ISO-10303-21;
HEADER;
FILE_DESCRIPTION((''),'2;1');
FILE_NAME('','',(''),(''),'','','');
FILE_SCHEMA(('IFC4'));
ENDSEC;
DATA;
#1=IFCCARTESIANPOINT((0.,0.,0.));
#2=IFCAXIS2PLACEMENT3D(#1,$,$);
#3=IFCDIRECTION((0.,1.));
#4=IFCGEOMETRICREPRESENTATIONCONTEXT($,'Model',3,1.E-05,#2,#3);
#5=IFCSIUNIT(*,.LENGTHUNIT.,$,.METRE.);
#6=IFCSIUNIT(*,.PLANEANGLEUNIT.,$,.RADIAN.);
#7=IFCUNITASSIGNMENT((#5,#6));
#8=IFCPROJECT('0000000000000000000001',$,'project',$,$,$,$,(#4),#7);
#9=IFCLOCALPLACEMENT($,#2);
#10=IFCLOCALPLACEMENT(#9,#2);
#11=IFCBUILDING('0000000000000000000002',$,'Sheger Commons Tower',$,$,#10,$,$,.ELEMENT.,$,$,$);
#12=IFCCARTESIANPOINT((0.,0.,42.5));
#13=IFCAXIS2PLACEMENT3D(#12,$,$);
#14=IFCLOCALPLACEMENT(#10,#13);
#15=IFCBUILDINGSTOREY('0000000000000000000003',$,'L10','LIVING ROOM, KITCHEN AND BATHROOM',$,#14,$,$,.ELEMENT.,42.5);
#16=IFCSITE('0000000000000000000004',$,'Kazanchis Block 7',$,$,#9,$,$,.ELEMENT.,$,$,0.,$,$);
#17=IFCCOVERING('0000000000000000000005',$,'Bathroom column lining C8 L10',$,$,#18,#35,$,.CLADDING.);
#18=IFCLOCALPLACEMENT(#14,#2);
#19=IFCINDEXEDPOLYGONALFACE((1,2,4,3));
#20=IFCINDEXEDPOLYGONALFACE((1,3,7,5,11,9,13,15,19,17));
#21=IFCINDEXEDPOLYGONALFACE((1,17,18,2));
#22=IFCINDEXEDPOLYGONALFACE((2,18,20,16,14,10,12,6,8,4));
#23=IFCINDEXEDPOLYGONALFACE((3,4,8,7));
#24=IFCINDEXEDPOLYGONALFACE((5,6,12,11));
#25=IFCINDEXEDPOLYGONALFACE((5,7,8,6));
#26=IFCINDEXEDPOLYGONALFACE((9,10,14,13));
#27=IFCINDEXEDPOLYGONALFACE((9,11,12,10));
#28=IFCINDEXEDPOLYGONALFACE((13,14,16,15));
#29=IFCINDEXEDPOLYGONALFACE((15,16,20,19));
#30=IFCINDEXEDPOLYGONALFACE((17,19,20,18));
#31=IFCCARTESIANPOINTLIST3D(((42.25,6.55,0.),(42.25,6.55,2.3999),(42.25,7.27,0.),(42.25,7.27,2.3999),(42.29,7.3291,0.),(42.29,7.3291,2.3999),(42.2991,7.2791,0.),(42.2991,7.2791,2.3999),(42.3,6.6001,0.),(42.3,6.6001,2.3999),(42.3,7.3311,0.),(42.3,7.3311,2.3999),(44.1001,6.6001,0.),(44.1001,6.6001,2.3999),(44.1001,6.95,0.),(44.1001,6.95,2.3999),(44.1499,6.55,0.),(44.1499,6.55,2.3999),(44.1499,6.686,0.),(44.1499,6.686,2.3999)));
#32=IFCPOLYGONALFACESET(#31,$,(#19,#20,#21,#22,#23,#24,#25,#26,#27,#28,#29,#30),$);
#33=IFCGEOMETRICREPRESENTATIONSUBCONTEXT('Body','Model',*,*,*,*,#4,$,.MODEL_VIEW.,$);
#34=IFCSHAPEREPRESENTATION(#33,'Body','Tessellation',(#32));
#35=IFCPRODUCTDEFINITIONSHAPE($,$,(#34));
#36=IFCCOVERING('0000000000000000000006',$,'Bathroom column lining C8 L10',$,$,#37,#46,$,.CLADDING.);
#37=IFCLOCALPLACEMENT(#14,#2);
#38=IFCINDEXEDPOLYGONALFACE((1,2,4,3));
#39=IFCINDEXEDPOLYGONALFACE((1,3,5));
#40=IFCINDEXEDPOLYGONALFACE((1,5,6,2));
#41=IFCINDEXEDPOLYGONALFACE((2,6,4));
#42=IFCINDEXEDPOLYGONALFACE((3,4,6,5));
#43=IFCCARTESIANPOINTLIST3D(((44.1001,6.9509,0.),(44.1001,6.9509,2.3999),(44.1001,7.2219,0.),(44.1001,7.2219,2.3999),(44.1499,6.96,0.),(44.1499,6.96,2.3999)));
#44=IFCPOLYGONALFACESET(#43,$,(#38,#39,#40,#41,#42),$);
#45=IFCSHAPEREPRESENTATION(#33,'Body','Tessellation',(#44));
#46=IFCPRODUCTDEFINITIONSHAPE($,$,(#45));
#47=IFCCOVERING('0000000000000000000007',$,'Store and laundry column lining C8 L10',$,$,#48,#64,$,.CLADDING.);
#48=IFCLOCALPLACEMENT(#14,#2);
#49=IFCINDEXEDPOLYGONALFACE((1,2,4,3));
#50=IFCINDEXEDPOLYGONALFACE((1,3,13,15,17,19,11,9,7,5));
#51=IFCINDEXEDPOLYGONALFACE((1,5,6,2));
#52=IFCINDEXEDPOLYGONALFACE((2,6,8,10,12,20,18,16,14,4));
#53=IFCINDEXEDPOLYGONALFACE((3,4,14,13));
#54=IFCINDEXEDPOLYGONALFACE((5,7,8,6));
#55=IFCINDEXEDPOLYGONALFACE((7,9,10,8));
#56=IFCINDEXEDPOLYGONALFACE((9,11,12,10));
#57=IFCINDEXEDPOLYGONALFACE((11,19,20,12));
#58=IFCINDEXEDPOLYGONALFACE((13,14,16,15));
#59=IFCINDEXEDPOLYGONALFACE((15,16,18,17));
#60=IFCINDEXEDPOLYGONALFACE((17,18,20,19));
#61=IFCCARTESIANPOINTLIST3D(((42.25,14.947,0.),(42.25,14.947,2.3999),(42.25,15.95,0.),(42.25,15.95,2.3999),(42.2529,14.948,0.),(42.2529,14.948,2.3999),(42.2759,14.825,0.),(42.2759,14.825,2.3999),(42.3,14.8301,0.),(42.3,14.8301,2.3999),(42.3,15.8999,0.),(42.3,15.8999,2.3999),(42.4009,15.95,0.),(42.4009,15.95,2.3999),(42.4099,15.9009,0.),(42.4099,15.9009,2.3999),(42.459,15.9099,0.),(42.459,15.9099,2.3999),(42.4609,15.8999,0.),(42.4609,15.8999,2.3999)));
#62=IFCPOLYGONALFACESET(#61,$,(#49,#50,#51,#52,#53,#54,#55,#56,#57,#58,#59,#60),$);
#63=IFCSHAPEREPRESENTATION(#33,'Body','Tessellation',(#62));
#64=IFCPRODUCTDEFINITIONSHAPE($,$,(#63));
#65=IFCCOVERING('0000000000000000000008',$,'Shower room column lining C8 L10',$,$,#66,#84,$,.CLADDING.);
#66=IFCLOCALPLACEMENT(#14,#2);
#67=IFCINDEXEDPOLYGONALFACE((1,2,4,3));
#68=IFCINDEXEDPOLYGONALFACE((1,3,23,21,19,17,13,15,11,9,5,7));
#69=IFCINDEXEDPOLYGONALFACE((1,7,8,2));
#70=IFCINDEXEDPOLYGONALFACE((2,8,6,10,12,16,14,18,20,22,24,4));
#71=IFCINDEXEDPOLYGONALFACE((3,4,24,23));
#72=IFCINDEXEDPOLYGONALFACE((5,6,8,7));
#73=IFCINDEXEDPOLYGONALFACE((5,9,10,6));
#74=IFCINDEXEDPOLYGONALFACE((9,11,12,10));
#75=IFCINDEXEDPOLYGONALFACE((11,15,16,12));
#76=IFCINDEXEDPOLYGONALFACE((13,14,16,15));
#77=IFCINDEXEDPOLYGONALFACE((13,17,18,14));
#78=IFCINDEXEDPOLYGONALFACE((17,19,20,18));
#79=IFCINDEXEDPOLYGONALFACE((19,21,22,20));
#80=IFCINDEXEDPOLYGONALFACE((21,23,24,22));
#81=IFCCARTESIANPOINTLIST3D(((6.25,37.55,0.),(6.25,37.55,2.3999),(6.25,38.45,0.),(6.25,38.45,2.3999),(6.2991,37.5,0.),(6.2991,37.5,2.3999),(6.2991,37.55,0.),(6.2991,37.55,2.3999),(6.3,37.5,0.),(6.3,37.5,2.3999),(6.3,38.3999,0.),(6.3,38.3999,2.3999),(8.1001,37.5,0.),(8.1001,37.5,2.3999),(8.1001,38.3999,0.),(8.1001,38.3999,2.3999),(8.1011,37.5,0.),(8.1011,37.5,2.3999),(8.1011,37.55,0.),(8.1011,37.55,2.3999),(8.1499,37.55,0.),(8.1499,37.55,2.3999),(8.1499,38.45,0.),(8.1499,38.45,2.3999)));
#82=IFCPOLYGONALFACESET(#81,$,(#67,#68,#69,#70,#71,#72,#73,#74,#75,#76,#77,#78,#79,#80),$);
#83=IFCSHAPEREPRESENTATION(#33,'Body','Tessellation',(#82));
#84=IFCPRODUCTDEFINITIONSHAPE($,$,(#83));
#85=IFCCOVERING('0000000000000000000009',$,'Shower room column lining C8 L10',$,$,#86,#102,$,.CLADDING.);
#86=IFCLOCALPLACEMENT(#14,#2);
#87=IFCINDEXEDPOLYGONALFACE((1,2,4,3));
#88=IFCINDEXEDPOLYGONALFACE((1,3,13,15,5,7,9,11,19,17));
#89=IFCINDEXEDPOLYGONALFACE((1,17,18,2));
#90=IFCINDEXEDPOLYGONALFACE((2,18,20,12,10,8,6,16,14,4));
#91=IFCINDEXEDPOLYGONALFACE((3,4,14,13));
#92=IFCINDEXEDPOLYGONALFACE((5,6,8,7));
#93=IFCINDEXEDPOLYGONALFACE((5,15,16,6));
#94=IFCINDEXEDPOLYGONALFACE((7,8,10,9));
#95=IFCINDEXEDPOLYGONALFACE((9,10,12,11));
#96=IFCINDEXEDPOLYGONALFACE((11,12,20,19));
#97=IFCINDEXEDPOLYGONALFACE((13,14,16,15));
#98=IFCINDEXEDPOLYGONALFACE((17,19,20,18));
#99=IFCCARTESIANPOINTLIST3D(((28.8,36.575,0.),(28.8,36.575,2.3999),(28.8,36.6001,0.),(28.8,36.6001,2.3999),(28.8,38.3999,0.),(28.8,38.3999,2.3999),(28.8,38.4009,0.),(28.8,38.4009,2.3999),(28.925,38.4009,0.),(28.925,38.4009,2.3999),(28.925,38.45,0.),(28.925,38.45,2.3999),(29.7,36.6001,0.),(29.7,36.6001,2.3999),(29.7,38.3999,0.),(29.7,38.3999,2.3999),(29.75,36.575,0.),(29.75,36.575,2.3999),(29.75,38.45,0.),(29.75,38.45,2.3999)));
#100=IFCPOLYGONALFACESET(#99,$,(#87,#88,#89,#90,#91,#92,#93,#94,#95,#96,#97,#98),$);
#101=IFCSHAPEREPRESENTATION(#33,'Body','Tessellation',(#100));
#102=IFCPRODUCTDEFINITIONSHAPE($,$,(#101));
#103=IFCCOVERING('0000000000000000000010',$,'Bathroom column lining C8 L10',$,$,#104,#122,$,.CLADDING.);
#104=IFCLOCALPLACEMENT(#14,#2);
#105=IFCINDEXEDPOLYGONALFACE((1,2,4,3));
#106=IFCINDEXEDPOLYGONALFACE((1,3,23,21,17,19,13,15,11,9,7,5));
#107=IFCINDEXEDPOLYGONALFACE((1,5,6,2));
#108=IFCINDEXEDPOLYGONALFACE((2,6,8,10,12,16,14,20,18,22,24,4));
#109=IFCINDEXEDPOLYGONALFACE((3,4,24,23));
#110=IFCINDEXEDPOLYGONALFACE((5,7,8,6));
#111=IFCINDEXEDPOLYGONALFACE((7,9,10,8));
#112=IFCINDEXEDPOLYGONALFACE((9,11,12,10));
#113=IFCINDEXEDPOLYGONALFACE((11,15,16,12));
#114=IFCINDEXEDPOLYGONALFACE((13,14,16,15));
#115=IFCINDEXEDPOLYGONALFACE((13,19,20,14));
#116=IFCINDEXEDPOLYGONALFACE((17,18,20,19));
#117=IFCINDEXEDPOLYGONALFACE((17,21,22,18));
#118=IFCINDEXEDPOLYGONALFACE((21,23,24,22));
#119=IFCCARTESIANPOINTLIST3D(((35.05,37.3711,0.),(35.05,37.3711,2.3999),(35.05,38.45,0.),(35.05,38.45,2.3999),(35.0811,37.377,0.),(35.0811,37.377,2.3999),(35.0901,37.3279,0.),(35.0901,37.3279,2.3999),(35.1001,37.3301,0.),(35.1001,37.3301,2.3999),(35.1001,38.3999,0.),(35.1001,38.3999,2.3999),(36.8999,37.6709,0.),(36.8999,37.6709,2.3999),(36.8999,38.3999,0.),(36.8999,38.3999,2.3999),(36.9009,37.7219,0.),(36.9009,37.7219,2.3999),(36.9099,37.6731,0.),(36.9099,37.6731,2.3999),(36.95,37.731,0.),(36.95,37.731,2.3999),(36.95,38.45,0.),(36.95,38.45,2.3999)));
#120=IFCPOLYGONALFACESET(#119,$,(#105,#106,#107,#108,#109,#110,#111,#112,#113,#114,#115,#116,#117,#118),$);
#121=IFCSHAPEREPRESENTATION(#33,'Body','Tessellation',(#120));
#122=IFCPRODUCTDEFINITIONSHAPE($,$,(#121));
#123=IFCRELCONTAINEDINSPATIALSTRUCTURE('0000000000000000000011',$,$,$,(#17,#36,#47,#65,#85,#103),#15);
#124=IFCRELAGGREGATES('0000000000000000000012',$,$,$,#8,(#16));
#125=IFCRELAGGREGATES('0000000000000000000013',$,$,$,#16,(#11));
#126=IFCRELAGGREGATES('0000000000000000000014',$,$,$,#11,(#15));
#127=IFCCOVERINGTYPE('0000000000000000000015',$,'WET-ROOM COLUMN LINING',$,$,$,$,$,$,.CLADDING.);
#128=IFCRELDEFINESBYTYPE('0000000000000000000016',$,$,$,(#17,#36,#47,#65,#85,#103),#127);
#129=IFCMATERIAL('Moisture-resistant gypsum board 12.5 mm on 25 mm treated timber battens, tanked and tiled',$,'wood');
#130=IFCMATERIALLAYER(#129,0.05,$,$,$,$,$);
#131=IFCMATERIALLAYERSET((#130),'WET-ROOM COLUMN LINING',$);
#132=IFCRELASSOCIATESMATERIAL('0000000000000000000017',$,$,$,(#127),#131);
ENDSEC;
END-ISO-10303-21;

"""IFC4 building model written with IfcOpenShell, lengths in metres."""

from ifc_helpers import new_model, si_unit, direction, frame, origin, place, context, subcontext, project, spatial, polyline, outline, extrude, material, layer, layer_set, type_object, element, save


model = new_model("IFC4")

# Units and contexts
model_context = context("Model", 3, precision=1e-05, world=origin(), true_north=direction((0.0, 1.0)))
body_context = subcontext(model_context, "Body", "Model", "MODEL_VIEW")
ifc_project = project(units=[si_unit("LENGTHUNIT", "METRE"), si_unit("PLANEANGLEUNIT", "RADIAN")], contexts=[model_context])

# Site, building, storey
site_placement = place(None, origin())
site = spatial("IfcSite", under=ifc_project, at=site_placement, Name="Kazanchis Block 7", CompositionType="ELEMENT", RefElevation=0.0)
building_placement = place(site_placement, origin())
building = spatial("IfcBuilding", under=site, at=building_placement, Name="Sheger Commons Tower", CompositionType="ELEMENT")
storey_placement = place(building_placement, frame((0.0, 0.0, 42.5)))
storey = spatial("IfcBuildingStorey", under=building, at=storey_placement, Name="L10", Description="LIVING ROOM, KITCHEN AND BATHROOM", CompositionType="ELEMENT", Elevation=42.5)

# Coverings
ifc_material_1 = material(Name="Moisture-resistant gypsum board 12.5 mm on 25 mm treated timber battens, tanked and tiled", Category="wood")
ifc_layer_1 = layer(ifc_material_1, 0.05)
ifc_layer_set_1 = layer_set([ifc_layer_1], Name="WET-ROOM COLUMN LINING")
covering_type_1 = type_object("IfcCoveringType", Name="WET-ROOM COLUMN LINING", PredefinedType="CLADDING", material=ifc_layer_set_1)
covering_1_placement = place(storey_placement, origin())
element("IfcCovering", 1, at=covering_1_placement, inside=storey, type_object=covering_type_1, Name="Bathroom column lining C8 L10", PredefinedType="CLADDING", context=body_context, shape_type="SweptSolid", body=[
    extrude(outline(polyline([(42.3, 7.3311), (42.3, 6.6001), (44.1001, 6.6001), (44.1001, 6.95), (44.1499, 6.686), (44.1499, 6.55), (42.25, 6.55), (42.25, 7.27), (42.2991, 7.2791), (42.29, 7.3291), (42.3, 7.3311)])), origin(), (0.0, 0.0, 1.0), 2.3999),
])
covering_2_placement = place(storey_placement, origin())
element("IfcCovering", 2, at=covering_2_placement, inside=storey, type_object=covering_type_1, Name="Bathroom column lining C8 L10", PredefinedType="CLADDING", context=body_context, shape_type="SweptSolid", body=[
    extrude(outline(polyline([(44.1001, 7.2219), (44.1499, 6.96), (44.1001, 6.9509), (44.1001, 7.2219)])), origin(), (0.0, 0.0, 1.0), 2.3999),
])
covering_3_placement = place(storey_placement, origin())
element("IfcCovering", 3, at=covering_3_placement, inside=storey, type_object=covering_type_1, Name="Store and laundry column lining C8 L10", PredefinedType="CLADDING", context=body_context, shape_type="SweptSolid", body=[
    extrude(outline(polyline([(42.4009, 15.95), (42.4099, 15.9009), (42.459, 15.9099), (42.4609, 15.8999), (42.3, 15.8999), (42.3, 14.8301), (42.2759, 14.825), (42.2529, 14.948), (42.25, 14.947), (42.25, 15.95), (42.4009, 15.95)])), origin(), (0.0, 0.0, 1.0), 2.3999),
])
covering_4_placement = place(storey_placement, origin())
element("IfcCovering", 4, at=covering_4_placement, inside=storey, type_object=covering_type_1, Name="Shower room column lining C8 L10", PredefinedType="CLADDING", context=body_context, shape_type="SweptSolid", body=[
    extrude(outline(polyline([(8.1499, 38.45), (8.1499, 37.55), (8.1011, 37.55), (8.1011, 37.5), (8.1001, 37.5), (8.1001, 38.3999), (6.3, 38.3999), (6.3, 37.5), (6.2991, 37.5), (6.2991, 37.55), (6.25, 37.55), (6.25, 38.45), (8.1499, 38.45)])), origin(), (0.0, 0.0, 1.0), 2.3999),
])
covering_5_placement = place(storey_placement, origin())
element("IfcCovering", 5, at=covering_5_placement, inside=storey, type_object=covering_type_1, Name="Shower room column lining C8 L10", PredefinedType="CLADDING", context=body_context, shape_type="SweptSolid", body=[
    extrude(outline(polyline([(29.75, 36.575), (28.8, 36.575), (28.8, 36.6001), (29.7, 36.6001), (29.7, 38.3999), (28.8, 38.3999), (28.8, 38.4009), (28.925, 38.4009), (28.925, 38.45), (29.75, 38.45), (29.75, 36.575)])), origin(), (0.0, 0.0, 1.0), 2.3999),
])
covering_6_placement = place(storey_placement, origin())
element("IfcCovering", 6, at=covering_6_placement, inside=storey, type_object=covering_type_1, Name="Bathroom column lining C8 L10", PredefinedType="CLADDING", context=body_context, shape_type="SweptSolid", body=[
    extrude(outline(polyline([(36.95, 38.45), (36.95, 37.731), (36.9009, 37.7219), (36.9099, 37.6731), (36.8999, 37.6709), (36.8999, 38.3999), (35.1001, 38.3999), (35.1001, 37.3301), (35.0901, 37.3279), (35.0811, 37.377), (35.05, 37.3711), (35.05, 38.45), (36.95, 38.45)])), origin(), (0.0, 0.0, 1.0), 2.3999),
])

save(model, "model.ifc")
